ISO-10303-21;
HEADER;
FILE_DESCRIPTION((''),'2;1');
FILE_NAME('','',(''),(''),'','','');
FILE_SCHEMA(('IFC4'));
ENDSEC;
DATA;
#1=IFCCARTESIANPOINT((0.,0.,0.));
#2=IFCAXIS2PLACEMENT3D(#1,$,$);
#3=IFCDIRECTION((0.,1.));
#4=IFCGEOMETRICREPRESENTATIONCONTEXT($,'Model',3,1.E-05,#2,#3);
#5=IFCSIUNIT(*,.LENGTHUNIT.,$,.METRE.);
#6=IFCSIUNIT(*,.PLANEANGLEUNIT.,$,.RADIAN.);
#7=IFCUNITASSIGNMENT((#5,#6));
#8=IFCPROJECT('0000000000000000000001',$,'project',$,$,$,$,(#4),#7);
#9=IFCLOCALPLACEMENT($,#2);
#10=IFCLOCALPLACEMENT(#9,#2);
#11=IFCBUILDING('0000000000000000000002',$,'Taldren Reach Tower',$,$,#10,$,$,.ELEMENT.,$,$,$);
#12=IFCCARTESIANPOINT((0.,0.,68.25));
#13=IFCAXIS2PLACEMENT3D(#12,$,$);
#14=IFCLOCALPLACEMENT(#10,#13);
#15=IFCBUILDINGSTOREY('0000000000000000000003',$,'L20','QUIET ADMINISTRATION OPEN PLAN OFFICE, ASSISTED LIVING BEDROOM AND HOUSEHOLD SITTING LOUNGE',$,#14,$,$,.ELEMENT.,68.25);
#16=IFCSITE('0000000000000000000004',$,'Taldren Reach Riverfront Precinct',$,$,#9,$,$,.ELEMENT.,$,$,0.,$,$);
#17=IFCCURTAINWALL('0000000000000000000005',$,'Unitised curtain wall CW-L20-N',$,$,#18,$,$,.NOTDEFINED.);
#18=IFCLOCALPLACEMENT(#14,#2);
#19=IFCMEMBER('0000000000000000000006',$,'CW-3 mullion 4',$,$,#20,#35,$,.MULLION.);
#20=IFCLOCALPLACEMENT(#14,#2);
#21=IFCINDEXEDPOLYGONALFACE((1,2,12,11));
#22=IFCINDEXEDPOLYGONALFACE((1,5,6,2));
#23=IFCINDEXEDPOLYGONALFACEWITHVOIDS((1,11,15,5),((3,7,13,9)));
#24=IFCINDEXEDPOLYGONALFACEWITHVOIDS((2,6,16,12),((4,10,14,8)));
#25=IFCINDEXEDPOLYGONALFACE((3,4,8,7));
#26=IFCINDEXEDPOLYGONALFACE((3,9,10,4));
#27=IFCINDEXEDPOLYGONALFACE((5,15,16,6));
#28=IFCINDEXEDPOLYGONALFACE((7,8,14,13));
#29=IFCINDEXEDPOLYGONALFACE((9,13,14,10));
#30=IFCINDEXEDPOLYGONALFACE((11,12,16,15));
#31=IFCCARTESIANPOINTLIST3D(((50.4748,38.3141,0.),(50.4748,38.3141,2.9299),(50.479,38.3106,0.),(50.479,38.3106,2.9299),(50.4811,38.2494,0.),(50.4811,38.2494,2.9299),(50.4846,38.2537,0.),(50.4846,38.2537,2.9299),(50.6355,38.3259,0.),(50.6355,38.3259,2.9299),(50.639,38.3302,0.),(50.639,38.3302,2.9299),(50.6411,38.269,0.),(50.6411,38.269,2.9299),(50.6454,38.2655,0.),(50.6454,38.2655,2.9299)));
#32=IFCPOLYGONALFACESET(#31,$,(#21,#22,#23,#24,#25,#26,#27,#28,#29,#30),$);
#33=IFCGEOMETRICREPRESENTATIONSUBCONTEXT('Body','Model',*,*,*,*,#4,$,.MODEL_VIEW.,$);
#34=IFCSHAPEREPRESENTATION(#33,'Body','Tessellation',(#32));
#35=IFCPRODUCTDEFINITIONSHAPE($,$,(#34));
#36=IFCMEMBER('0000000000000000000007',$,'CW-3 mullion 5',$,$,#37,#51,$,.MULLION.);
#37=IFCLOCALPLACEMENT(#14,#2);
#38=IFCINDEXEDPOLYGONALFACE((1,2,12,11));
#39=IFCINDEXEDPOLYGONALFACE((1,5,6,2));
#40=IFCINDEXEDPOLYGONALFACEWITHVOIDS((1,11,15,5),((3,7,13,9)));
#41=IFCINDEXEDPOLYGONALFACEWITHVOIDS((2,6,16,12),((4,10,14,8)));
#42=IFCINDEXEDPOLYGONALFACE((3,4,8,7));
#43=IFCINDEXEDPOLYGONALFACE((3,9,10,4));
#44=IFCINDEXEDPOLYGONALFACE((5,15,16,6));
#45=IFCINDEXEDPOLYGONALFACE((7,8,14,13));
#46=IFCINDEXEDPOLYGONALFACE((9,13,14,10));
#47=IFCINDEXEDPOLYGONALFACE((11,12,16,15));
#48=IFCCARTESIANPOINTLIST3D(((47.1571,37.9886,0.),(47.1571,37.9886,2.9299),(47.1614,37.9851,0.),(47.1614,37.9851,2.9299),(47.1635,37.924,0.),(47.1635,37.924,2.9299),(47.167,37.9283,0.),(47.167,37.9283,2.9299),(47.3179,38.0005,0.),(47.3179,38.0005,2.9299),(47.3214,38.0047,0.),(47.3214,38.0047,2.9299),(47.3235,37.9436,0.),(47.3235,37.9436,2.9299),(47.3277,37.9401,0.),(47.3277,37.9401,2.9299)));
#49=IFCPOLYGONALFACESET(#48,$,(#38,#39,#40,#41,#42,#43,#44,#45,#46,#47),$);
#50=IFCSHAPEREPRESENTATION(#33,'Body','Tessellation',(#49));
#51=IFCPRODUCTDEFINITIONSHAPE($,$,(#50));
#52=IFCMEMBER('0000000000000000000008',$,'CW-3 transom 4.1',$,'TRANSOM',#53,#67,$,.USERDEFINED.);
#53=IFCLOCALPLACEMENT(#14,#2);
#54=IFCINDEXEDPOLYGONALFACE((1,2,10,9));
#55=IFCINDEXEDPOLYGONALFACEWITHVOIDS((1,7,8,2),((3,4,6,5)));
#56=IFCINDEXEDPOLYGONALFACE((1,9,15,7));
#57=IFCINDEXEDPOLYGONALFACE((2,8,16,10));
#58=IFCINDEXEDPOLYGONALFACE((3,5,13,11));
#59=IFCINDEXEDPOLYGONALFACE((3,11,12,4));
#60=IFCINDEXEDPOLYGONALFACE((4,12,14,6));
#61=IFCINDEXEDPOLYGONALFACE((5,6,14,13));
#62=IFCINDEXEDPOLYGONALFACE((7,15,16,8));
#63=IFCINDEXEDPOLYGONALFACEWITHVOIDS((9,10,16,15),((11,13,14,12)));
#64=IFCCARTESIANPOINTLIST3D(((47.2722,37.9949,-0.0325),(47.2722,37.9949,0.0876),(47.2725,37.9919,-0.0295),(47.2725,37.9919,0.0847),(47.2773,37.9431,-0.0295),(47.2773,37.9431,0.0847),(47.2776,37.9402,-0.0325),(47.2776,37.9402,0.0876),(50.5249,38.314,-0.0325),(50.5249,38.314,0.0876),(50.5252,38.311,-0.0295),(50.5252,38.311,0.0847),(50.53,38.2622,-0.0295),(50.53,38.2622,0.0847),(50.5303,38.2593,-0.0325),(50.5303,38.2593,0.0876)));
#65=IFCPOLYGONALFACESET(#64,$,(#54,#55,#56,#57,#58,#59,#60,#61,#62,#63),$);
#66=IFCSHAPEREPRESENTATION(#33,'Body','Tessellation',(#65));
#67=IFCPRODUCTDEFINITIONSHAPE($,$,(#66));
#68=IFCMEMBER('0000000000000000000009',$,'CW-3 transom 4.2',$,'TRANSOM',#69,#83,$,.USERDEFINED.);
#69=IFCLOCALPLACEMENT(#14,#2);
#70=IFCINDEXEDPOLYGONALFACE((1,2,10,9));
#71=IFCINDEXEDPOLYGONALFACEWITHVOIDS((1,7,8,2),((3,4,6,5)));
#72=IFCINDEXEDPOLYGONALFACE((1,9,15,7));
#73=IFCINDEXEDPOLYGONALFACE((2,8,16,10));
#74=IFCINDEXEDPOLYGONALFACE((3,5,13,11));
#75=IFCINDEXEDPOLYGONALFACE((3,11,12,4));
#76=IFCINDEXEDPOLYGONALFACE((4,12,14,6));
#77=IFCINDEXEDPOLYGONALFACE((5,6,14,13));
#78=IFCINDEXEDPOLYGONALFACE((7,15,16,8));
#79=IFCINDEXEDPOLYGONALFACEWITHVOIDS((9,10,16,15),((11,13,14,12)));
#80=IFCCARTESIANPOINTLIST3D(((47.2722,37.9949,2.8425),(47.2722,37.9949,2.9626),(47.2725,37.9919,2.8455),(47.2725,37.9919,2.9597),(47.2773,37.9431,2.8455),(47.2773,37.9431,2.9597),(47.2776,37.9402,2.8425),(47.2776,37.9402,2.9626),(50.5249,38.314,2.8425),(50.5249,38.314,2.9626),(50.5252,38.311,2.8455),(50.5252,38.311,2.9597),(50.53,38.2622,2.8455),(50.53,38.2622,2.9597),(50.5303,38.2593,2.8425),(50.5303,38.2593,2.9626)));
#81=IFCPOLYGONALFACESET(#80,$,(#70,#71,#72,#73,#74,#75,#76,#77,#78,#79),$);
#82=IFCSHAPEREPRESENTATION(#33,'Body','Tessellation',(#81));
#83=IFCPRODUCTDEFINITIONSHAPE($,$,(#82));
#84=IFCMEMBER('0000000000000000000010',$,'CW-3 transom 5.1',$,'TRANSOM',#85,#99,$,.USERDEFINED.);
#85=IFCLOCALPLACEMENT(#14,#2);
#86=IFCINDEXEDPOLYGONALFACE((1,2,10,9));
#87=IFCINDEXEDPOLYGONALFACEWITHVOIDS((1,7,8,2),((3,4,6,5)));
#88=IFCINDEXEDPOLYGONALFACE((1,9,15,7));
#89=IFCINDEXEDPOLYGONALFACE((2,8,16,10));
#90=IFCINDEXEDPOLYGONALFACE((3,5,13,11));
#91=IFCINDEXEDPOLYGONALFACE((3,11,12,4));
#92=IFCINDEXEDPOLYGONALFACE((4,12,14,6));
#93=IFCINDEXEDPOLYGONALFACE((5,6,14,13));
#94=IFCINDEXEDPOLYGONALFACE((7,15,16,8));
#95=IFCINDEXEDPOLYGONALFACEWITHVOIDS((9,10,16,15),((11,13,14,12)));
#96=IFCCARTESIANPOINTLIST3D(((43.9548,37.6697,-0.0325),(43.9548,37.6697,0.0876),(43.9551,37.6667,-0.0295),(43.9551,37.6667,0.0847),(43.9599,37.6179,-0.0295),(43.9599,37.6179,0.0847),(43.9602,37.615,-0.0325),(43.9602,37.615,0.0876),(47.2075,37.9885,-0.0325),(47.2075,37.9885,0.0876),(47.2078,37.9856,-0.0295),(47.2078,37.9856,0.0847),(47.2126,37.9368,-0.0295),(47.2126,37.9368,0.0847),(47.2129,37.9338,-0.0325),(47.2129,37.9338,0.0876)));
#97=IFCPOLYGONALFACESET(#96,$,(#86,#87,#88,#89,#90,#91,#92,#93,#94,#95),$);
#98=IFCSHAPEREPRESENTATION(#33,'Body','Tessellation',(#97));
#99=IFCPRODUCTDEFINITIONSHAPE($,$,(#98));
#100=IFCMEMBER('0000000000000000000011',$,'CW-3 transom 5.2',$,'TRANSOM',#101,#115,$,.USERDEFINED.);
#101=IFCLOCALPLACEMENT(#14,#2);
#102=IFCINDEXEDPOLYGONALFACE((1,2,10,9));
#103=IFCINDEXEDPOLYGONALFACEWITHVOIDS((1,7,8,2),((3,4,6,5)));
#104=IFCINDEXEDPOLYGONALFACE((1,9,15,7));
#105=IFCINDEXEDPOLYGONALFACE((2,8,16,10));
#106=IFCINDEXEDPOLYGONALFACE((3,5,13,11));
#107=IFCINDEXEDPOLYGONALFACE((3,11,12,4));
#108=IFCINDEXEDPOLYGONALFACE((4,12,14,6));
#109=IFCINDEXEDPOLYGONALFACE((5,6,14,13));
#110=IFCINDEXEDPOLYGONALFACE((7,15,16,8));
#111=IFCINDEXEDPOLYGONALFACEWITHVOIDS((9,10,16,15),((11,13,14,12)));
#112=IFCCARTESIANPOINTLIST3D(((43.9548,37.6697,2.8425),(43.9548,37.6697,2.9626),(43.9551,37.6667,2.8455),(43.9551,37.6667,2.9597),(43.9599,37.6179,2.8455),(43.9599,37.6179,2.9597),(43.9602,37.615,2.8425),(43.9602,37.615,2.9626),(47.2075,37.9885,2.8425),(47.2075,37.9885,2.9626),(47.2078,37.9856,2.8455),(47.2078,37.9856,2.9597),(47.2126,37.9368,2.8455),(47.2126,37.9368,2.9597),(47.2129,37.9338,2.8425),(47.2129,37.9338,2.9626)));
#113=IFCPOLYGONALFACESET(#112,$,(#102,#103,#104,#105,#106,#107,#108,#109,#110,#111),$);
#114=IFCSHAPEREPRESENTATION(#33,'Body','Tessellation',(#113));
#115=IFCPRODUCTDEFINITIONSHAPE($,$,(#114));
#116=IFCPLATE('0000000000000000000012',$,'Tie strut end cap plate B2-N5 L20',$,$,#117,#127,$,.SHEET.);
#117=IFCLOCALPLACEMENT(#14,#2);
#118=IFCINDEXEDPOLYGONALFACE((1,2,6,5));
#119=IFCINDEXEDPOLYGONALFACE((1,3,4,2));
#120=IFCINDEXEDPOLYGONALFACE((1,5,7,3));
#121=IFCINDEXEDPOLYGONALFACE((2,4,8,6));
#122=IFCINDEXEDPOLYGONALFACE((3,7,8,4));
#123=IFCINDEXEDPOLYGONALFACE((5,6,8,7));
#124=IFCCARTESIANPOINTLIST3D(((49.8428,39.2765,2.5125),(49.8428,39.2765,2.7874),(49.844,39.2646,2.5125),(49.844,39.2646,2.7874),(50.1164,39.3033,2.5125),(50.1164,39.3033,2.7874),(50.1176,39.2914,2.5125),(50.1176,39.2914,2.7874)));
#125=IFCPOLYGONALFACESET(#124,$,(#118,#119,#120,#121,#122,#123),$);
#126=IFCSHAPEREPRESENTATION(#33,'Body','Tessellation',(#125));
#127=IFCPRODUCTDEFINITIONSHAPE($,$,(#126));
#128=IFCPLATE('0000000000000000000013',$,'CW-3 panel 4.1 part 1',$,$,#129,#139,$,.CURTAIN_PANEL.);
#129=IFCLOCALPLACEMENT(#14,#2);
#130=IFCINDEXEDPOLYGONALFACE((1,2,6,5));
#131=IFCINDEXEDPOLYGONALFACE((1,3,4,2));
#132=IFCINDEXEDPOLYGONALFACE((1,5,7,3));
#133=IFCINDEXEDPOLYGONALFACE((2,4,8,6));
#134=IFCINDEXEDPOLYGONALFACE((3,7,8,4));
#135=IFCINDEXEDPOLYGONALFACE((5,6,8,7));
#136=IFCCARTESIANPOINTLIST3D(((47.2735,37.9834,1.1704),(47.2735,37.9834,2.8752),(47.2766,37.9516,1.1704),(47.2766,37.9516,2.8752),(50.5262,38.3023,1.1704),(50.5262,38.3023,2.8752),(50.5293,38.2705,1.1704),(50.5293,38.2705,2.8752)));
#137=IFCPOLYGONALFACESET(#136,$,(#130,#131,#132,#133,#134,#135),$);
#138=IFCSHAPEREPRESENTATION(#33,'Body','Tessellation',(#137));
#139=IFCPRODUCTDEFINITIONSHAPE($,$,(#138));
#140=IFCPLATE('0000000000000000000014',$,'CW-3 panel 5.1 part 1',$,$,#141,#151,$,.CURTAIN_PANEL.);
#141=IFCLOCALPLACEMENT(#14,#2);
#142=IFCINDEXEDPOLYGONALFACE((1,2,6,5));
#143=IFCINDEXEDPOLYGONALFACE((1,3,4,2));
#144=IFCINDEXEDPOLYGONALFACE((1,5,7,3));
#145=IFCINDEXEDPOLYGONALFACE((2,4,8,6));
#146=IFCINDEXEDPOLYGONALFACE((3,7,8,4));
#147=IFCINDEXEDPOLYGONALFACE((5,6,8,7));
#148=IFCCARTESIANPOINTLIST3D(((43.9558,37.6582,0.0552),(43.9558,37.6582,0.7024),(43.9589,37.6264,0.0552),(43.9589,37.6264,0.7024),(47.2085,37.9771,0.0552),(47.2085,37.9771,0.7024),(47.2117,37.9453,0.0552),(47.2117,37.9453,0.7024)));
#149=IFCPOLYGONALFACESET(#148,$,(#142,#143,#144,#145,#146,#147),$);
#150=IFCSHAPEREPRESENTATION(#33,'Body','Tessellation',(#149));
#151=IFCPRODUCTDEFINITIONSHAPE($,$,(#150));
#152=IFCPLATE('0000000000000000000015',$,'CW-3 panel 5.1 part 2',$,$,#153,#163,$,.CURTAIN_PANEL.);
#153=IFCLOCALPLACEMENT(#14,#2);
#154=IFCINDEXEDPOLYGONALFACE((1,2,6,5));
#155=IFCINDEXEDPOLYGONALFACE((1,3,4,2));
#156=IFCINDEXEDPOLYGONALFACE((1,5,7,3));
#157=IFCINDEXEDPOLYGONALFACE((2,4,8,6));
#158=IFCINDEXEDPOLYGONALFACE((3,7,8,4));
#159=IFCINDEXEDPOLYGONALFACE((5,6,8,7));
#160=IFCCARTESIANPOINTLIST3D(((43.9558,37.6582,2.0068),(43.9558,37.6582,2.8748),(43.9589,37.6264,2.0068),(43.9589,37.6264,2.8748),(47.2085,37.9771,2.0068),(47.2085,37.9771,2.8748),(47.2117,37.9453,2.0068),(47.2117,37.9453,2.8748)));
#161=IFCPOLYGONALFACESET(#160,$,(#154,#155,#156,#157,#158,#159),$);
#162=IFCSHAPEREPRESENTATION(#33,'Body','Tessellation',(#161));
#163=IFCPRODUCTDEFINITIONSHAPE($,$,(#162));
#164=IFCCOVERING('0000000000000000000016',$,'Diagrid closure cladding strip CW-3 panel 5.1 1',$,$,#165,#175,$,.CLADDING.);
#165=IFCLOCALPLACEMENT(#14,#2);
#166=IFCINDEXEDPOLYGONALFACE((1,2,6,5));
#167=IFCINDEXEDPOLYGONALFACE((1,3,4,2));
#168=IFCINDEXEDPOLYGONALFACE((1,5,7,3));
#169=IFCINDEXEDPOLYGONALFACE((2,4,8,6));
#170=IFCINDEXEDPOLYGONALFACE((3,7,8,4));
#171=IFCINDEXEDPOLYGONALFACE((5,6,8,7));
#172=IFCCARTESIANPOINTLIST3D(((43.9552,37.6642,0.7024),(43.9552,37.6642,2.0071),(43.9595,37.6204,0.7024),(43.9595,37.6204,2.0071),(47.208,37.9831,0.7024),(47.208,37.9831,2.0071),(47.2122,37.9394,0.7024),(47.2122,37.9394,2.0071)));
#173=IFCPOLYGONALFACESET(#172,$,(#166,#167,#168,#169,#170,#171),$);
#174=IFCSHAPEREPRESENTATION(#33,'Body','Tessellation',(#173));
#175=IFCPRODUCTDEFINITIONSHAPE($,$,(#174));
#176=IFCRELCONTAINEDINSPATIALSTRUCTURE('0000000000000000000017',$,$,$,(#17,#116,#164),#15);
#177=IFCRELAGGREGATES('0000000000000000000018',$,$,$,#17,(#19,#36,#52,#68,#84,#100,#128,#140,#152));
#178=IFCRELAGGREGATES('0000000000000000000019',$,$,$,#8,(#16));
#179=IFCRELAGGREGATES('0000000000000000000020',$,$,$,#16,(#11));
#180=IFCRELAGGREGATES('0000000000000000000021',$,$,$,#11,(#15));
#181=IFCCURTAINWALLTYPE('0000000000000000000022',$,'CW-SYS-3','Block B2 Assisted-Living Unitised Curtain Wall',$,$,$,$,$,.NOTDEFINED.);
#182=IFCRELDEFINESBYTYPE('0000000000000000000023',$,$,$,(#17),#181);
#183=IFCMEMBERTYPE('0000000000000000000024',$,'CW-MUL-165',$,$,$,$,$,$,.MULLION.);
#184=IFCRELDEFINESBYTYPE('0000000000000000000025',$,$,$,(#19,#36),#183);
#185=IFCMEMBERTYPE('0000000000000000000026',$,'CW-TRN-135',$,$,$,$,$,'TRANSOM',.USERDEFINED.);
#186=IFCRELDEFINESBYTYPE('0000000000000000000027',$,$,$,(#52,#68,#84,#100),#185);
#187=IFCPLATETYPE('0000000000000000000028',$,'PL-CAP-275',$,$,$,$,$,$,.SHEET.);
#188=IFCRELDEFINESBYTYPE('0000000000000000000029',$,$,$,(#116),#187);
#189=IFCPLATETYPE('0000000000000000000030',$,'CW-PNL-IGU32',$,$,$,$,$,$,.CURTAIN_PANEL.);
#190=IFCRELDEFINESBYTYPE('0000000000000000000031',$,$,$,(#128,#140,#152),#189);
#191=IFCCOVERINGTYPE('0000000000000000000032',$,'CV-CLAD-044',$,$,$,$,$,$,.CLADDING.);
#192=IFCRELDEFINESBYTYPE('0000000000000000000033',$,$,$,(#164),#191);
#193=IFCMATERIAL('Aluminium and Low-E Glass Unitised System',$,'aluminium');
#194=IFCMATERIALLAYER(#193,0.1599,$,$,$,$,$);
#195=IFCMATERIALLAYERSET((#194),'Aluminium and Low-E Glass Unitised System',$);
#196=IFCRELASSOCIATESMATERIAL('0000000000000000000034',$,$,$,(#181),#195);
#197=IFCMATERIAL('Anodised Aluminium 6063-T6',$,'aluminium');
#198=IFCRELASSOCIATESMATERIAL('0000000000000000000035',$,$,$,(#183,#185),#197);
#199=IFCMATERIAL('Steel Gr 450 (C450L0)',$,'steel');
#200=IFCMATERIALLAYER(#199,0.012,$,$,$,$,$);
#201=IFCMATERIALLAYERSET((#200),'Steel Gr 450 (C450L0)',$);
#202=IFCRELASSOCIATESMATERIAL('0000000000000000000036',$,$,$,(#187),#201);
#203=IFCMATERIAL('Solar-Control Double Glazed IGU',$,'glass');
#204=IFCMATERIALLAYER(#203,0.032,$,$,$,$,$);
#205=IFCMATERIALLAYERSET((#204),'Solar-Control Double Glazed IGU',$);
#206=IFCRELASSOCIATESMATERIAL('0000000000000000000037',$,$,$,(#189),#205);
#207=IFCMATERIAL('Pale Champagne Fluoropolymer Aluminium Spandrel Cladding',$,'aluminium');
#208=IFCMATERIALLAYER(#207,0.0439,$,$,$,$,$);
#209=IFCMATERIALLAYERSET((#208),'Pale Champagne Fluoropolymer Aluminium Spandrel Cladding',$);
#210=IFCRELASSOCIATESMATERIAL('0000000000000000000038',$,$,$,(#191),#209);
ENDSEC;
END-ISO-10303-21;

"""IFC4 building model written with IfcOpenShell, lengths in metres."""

from ifc_helpers import new_model, si_unit, direction, frame, origin, origin_2d, place, context, subcontext, project, spatial, rectangle, hollow_rectangle, extrude, source, transform, mapped, material, layer, layer_set, material_profile, profile_set, type_object, element, aggregate, save


model = new_model("IFC4")

# Units and contexts
model_context = context("Model", 3, precision=1e-05, world=origin(), true_north=direction((0.0, 1.0)))
body_context = subcontext(model_context, "Body", "Model", "MODEL_VIEW")
ifc_project = project(units=[si_unit("LENGTHUNIT", "METRE"), si_unit("PLANEANGLEUNIT", "RADIAN")], contexts=[model_context])

# Site, building, storey
site_placement = place(None, origin())
site = spatial("IfcSite", under=ifc_project, at=site_placement, Name="Taldren Reach Riverfront Precinct", CompositionType="ELEMENT", RefElevation=0.0)
building_placement = place(site_placement, origin())
building = spatial("IfcBuilding", under=site, at=building_placement, Name="Taldren Reach Tower", CompositionType="ELEMENT")
storey_placement = place(building_placement, frame((0.0, 0.0, 68.25)))
storey = spatial("IfcBuildingStorey", under=building, at=storey_placement, Name="L20", Description="QUIET ADMINISTRATION OPEN PLAN OFFICE, ASSISTED LIVING BEDROOM AND HOUSEHOLD SITTING LOUNGE", CompositionType="ELEMENT", Elevation=68.25)

# Shared definitions
ifc_material_1 = material(Name="Steel Gr 450 (C450L0)", Category="steel")

# Curtain wall, members
ifc_material_2 = material(Name="Aluminium and Low-E Glass Unitised System", Category="aluminium")
ifc_layer_1 = layer(ifc_material_2, 0.1599)
ifc_layer_set_1 = layer_set([ifc_layer_1], Name="Aluminium and Low-E Glass Unitised System")
curtain_wall_type = type_object("IfcCurtainWallType", Name="CW-SYS-3", Description="Block B2 Assisted-Living Unitised Curtain Wall", PredefinedType="NOTDEFINED", material=ifc_layer_set_1)
curtain_wall_placement = place(storey_placement, origin())
curtain_wall = element("IfcCurtainWall", 1, at=curtain_wall_placement, inside=storey, type_object=curtain_wall_type, Name="Unitised curtain wall CW-L20-N", PredefinedType="NOTDEFINED")
ifc_material_3 = material(Name="Anodised Aluminium 6063-T6", Category="aluminium")
ifc_material_profile_1 = material_profile(ifc_material_3, hollow_rectangle(XDim=0.0649, YDim=0.165, WallThickness=0.0039, at=origin_2d()), Name="ALU-165x65x4RHS")
ifc_profile_set_1 = profile_set([ifc_material_profile_1], Name="Anodised Aluminium 6063-T6")
member_type_1 = type_object("IfcMemberType", Name="CW-MUL-165", PredefinedType="MULLION", material=ifc_profile_set_1)
shared_shape_1 = source(origin(), body_context, "Body", "SweptSolid", [
    extrude(hollow_rectangle(XDim=0.0649, YDim=0.165, WallThickness=0.0039, at=origin_2d()), origin(), (0.0, 0.0, 1.0), 2.9299),
])
member_1_placement = place(storey_placement, frame((50.5601, 38.2898, 0.0), z_axis=(0.0, 0.0, 1.0), x_axis=(0.097583, -0.995227, 0.0)))
member_1 = element("IfcMember", 2, at=member_1_placement, type_object=member_type_1, Name="CW-3 mullion 4", PredefinedType="MULLION", context=body_context, shape_type="MappedRepresentation", body=[
    mapped(shared_shape_1, transform((0.0, 0.0, 0.0), scale=1.0)),
])
member_2_placement = place(storey_placement, frame((47.2424, 37.9644, 0.0), z_axis=(0.0, 0.0, 1.0), x_axis=(0.097583, -0.995227, 0.0)))
member_2 = element("IfcMember", 3, at=member_2_placement, type_object=member_type_1, Name="CW-3 mullion 5", PredefinedType="MULLION", context=body_context, shape_type="MappedRepresentation", body=[
    mapped(shared_shape_1, transform((0.0, 0.0, 0.0), scale=1.0)),
])
ifc_material_profile_2 = material_profile(ifc_material_3, hollow_rectangle(XDim=0.0549, YDim=0.1201, WallThickness=0.0029, at=origin_2d()), Name="ALU-120x55x3RHS")
ifc_profile_set_2 = profile_set([ifc_material_profile_2], Name="Anodised Aluminium 6063-T6")
member_type_2 = type_object("IfcMemberType", Name="CW-TRN-135", ElementType="TRANSOM", PredefinedType="USERDEFINED", material=ifc_profile_set_2)
shared_shape_2 = source(origin(), body_context, "Body", "SweptSolid", [
    extrude(hollow_rectangle(XDim=0.0549, YDim=0.1201, WallThickness=0.0029, at=origin_2d()), origin(), (0.0, 0.0, 1.0), 3.2683),
])
member_3_placement = place(storey_placement, frame((50.5276, 38.2866, 0.0276), z_axis=(-0.995223, -0.097632, 0.0), x_axis=(0.097632, -0.995223, 0.0)))
member_3 = element("IfcMember", 4, at=member_3_placement, type_object=member_type_2, Name="CW-3 transom 4.1", ObjectType="TRANSOM", PredefinedType="USERDEFINED", context=body_context, shape_type="MappedRepresentation", body=[
    mapped(shared_shape_2, transform((0.0, 0.0, 0.0), scale=1.0)),
])
member_4_placement = place(storey_placement, frame((50.5276, 38.2866, 2.9026), z_axis=(-0.995223, -0.097632, 0.0), x_axis=(0.097632, -0.995223, 0.0)))
member_4 = element("IfcMember", 5, at=member_4_placement, type_object=member_type_2, Name="CW-3 transom 4.2", ObjectType="TRANSOM", PredefinedType="USERDEFINED", context=body_context, shape_type="MappedRepresentation", body=[
    mapped(shared_shape_2, transform((0.0, 0.0, 0.0), scale=1.0)),
])
member_5_placement = place(storey_placement, frame((47.2102, 37.9612, 0.0276), z_axis=(-0.99523, -0.097558, 0.0), x_axis=(0.097558, -0.99523, 0.0)))
member_5 = element("IfcMember", 6, at=member_5_placement, type_object=member_type_2, Name="CW-3 transom 5.1", ObjectType="TRANSOM", PredefinedType="USERDEFINED", context=body_context, shape_type="MappedRepresentation", body=[
    mapped(shared_shape_2, transform((0.0, 0.0, 0.0), scale=1.0)),
])
member_6_placement = place(storey_placement, frame((47.2102, 37.9612, 2.9026), z_axis=(-0.99523, -0.097558, 0.0), x_axis=(0.097558, -0.99523, 0.0)))
member_6 = element("IfcMember", 7, at=member_6_placement, type_object=member_type_2, Name="CW-3 transom 5.2", ObjectType="TRANSOM", PredefinedType="USERDEFINED", context=body_context, shape_type="MappedRepresentation", body=[
    mapped(shared_shape_2, transform((0.0, 0.0, 0.0), scale=1.0)),
])

# Plates
ifc_layer_2 = layer(ifc_material_1, 0.012)
ifc_layer_set_2 = layer_set([ifc_layer_2], Name="Steel Gr 450 (C450L0)")
plate_type_1 = type_object("IfcPlateType", Name="PL-CAP-275", PredefinedType="SHEET", material=ifc_layer_set_2)
shared_shape_3 = source(origin(), body_context, "Body", "SweptSolid", [
    extrude(rectangle(XDim=0.2749, YDim=0.012, at=origin_2d()), origin(), (0.0, 0.0, 1.0), 0.2749),
])
plate_1_placement = place(storey_placement, frame((49.9802, 39.2839, 2.5125), z_axis=(0.0, 0.0, 1.0), x_axis=(0.995227, 0.097583, 0.0)))
element("IfcPlate", 8, at=plate_1_placement, inside=storey, type_object=plate_type_1, Name="Tie strut end cap plate B2-N5 L20", PredefinedType="SHEET", context=body_context, shape_type="MappedRepresentation", body=[
    mapped(shared_shape_3, transform((0.0, 0.0, 0.0), scale=1.0)),
])
ifc_material_4 = material(Name="Solar-Control Double Glazed IGU", Category="glass")
ifc_layer_3 = layer(ifc_material_4, 0.032)
ifc_layer_set_3 = layer_set([ifc_layer_3], Name="Solar-Control Double Glazed IGU")
plate_type_2 = type_object("IfcPlateType", Name="CW-PNL-IGU32", PredefinedType="CURTAIN_PANEL", material=ifc_layer_set_3)
shared_shape_4 = source(origin(), body_context, "Body", "SweptSolid", [
    extrude(rectangle(XDim=3.2683, YDim=0.032, at=origin_2d()), origin(), (0.0, 0.0, 1.0), 1.7048),
])
plate_2_placement = place(storey_placement, frame((48.9014, 38.127, 1.1704), z_axis=(0.0, 0.0, 1.0), x_axis=(-0.995227, -0.097583, 0.0)))
plate_2 = element("IfcPlate", 9, at=plate_2_placement, type_object=plate_type_2, Name="CW-3 panel 4.1 part 1", PredefinedType="CURTAIN_PANEL", context=body_context, shape_type="MappedRepresentation", body=[
    mapped(shared_shape_4, transform((0.0, 0.0, 0.0), scale=1.0)),
])
shared_shape_5 = source(origin(), body_context, "Body", "SweptSolid", [
    extrude(rectangle(XDim=3.2683, YDim=0.032, at=origin_2d()), origin(), (0.0, 0.0, 1.0), 0.6472),
])
plate_3_placement = place(storey_placement, frame((45.5837, 37.8018, 0.0552), z_axis=(0.0, 0.0, 1.0), x_axis=(-0.995227, -0.097583, 0.0)))
plate_3 = element("IfcPlate", 10, at=plate_3_placement, type_object=plate_type_2, Name="CW-3 panel 5.1 part 1", PredefinedType="CURTAIN_PANEL", context=body_context, shape_type="MappedRepresentation", body=[
    mapped(shared_shape_5, transform((0.0, 0.0, 0.0), scale=1.0)),
])
shared_shape_6 = source(origin(), body_context, "Body", "SweptSolid", [
    extrude(rectangle(XDim=3.2683, YDim=0.032, at=origin_2d()), origin(), (0.0, 0.0, 1.0), 0.8679),
])
plate_4_placement = place(storey_placement, frame((45.5837, 37.8018, 2.0068), z_axis=(0.0, 0.0, 1.0), x_axis=(-0.995227, -0.097583, 0.0)))
plate_4 = element("IfcPlate", 11, at=plate_4_placement, type_object=plate_type_2, Name="CW-3 panel 5.1 part 2", PredefinedType="CURTAIN_PANEL", context=body_context, shape_type="MappedRepresentation", body=[
    mapped(shared_shape_6, transform((0.0, 0.0, 0.0), scale=1.0)),
])
aggregate(curtain_wall, [member_1, member_2, member_3, member_4, member_5, member_6, plate_2, plate_3, plate_4])

# Covering
ifc_material_5 = material(Name="Pale Champagne Fluoropolymer Aluminium Spandrel Cladding", Category="aluminium")
ifc_layer_4 = layer(ifc_material_5, 0.0439)
ifc_layer_set_4 = layer_set([ifc_layer_4], Name="Pale Champagne Fluoropolymer Aluminium Spandrel Cladding")
covering_type = type_object("IfcCoveringType", Name="CV-CLAD-044", PredefinedType="CLADDING", material=ifc_layer_set_4)
shared_shape_7 = source(origin(), body_context, "Body", "SweptSolid", [
    extrude(rectangle(XDim=3.2683, YDim=0.0439, at=origin_2d()), origin(), (0.0, 0.0, 1.0), 1.3047),
])
covering_1_placement = place(storey_placement, frame((45.5837, 37.8018, 0.7024), z_axis=(0.0, 0.0, 1.0), x_axis=(-0.995227, -0.097583, 0.0)))
element("IfcCovering", 12, at=covering_1_placement, inside=storey, type_object=covering_type, Name="Diagrid closure cladding strip CW-3 panel 5.1 1", PredefinedType="CLADDING", context=body_context, shape_type="MappedRepresentation", body=[
    mapped(shared_shape_7, transform((0.0, 0.0, 0.0), scale=1.0)),
])

save(model, "model.ifc")
